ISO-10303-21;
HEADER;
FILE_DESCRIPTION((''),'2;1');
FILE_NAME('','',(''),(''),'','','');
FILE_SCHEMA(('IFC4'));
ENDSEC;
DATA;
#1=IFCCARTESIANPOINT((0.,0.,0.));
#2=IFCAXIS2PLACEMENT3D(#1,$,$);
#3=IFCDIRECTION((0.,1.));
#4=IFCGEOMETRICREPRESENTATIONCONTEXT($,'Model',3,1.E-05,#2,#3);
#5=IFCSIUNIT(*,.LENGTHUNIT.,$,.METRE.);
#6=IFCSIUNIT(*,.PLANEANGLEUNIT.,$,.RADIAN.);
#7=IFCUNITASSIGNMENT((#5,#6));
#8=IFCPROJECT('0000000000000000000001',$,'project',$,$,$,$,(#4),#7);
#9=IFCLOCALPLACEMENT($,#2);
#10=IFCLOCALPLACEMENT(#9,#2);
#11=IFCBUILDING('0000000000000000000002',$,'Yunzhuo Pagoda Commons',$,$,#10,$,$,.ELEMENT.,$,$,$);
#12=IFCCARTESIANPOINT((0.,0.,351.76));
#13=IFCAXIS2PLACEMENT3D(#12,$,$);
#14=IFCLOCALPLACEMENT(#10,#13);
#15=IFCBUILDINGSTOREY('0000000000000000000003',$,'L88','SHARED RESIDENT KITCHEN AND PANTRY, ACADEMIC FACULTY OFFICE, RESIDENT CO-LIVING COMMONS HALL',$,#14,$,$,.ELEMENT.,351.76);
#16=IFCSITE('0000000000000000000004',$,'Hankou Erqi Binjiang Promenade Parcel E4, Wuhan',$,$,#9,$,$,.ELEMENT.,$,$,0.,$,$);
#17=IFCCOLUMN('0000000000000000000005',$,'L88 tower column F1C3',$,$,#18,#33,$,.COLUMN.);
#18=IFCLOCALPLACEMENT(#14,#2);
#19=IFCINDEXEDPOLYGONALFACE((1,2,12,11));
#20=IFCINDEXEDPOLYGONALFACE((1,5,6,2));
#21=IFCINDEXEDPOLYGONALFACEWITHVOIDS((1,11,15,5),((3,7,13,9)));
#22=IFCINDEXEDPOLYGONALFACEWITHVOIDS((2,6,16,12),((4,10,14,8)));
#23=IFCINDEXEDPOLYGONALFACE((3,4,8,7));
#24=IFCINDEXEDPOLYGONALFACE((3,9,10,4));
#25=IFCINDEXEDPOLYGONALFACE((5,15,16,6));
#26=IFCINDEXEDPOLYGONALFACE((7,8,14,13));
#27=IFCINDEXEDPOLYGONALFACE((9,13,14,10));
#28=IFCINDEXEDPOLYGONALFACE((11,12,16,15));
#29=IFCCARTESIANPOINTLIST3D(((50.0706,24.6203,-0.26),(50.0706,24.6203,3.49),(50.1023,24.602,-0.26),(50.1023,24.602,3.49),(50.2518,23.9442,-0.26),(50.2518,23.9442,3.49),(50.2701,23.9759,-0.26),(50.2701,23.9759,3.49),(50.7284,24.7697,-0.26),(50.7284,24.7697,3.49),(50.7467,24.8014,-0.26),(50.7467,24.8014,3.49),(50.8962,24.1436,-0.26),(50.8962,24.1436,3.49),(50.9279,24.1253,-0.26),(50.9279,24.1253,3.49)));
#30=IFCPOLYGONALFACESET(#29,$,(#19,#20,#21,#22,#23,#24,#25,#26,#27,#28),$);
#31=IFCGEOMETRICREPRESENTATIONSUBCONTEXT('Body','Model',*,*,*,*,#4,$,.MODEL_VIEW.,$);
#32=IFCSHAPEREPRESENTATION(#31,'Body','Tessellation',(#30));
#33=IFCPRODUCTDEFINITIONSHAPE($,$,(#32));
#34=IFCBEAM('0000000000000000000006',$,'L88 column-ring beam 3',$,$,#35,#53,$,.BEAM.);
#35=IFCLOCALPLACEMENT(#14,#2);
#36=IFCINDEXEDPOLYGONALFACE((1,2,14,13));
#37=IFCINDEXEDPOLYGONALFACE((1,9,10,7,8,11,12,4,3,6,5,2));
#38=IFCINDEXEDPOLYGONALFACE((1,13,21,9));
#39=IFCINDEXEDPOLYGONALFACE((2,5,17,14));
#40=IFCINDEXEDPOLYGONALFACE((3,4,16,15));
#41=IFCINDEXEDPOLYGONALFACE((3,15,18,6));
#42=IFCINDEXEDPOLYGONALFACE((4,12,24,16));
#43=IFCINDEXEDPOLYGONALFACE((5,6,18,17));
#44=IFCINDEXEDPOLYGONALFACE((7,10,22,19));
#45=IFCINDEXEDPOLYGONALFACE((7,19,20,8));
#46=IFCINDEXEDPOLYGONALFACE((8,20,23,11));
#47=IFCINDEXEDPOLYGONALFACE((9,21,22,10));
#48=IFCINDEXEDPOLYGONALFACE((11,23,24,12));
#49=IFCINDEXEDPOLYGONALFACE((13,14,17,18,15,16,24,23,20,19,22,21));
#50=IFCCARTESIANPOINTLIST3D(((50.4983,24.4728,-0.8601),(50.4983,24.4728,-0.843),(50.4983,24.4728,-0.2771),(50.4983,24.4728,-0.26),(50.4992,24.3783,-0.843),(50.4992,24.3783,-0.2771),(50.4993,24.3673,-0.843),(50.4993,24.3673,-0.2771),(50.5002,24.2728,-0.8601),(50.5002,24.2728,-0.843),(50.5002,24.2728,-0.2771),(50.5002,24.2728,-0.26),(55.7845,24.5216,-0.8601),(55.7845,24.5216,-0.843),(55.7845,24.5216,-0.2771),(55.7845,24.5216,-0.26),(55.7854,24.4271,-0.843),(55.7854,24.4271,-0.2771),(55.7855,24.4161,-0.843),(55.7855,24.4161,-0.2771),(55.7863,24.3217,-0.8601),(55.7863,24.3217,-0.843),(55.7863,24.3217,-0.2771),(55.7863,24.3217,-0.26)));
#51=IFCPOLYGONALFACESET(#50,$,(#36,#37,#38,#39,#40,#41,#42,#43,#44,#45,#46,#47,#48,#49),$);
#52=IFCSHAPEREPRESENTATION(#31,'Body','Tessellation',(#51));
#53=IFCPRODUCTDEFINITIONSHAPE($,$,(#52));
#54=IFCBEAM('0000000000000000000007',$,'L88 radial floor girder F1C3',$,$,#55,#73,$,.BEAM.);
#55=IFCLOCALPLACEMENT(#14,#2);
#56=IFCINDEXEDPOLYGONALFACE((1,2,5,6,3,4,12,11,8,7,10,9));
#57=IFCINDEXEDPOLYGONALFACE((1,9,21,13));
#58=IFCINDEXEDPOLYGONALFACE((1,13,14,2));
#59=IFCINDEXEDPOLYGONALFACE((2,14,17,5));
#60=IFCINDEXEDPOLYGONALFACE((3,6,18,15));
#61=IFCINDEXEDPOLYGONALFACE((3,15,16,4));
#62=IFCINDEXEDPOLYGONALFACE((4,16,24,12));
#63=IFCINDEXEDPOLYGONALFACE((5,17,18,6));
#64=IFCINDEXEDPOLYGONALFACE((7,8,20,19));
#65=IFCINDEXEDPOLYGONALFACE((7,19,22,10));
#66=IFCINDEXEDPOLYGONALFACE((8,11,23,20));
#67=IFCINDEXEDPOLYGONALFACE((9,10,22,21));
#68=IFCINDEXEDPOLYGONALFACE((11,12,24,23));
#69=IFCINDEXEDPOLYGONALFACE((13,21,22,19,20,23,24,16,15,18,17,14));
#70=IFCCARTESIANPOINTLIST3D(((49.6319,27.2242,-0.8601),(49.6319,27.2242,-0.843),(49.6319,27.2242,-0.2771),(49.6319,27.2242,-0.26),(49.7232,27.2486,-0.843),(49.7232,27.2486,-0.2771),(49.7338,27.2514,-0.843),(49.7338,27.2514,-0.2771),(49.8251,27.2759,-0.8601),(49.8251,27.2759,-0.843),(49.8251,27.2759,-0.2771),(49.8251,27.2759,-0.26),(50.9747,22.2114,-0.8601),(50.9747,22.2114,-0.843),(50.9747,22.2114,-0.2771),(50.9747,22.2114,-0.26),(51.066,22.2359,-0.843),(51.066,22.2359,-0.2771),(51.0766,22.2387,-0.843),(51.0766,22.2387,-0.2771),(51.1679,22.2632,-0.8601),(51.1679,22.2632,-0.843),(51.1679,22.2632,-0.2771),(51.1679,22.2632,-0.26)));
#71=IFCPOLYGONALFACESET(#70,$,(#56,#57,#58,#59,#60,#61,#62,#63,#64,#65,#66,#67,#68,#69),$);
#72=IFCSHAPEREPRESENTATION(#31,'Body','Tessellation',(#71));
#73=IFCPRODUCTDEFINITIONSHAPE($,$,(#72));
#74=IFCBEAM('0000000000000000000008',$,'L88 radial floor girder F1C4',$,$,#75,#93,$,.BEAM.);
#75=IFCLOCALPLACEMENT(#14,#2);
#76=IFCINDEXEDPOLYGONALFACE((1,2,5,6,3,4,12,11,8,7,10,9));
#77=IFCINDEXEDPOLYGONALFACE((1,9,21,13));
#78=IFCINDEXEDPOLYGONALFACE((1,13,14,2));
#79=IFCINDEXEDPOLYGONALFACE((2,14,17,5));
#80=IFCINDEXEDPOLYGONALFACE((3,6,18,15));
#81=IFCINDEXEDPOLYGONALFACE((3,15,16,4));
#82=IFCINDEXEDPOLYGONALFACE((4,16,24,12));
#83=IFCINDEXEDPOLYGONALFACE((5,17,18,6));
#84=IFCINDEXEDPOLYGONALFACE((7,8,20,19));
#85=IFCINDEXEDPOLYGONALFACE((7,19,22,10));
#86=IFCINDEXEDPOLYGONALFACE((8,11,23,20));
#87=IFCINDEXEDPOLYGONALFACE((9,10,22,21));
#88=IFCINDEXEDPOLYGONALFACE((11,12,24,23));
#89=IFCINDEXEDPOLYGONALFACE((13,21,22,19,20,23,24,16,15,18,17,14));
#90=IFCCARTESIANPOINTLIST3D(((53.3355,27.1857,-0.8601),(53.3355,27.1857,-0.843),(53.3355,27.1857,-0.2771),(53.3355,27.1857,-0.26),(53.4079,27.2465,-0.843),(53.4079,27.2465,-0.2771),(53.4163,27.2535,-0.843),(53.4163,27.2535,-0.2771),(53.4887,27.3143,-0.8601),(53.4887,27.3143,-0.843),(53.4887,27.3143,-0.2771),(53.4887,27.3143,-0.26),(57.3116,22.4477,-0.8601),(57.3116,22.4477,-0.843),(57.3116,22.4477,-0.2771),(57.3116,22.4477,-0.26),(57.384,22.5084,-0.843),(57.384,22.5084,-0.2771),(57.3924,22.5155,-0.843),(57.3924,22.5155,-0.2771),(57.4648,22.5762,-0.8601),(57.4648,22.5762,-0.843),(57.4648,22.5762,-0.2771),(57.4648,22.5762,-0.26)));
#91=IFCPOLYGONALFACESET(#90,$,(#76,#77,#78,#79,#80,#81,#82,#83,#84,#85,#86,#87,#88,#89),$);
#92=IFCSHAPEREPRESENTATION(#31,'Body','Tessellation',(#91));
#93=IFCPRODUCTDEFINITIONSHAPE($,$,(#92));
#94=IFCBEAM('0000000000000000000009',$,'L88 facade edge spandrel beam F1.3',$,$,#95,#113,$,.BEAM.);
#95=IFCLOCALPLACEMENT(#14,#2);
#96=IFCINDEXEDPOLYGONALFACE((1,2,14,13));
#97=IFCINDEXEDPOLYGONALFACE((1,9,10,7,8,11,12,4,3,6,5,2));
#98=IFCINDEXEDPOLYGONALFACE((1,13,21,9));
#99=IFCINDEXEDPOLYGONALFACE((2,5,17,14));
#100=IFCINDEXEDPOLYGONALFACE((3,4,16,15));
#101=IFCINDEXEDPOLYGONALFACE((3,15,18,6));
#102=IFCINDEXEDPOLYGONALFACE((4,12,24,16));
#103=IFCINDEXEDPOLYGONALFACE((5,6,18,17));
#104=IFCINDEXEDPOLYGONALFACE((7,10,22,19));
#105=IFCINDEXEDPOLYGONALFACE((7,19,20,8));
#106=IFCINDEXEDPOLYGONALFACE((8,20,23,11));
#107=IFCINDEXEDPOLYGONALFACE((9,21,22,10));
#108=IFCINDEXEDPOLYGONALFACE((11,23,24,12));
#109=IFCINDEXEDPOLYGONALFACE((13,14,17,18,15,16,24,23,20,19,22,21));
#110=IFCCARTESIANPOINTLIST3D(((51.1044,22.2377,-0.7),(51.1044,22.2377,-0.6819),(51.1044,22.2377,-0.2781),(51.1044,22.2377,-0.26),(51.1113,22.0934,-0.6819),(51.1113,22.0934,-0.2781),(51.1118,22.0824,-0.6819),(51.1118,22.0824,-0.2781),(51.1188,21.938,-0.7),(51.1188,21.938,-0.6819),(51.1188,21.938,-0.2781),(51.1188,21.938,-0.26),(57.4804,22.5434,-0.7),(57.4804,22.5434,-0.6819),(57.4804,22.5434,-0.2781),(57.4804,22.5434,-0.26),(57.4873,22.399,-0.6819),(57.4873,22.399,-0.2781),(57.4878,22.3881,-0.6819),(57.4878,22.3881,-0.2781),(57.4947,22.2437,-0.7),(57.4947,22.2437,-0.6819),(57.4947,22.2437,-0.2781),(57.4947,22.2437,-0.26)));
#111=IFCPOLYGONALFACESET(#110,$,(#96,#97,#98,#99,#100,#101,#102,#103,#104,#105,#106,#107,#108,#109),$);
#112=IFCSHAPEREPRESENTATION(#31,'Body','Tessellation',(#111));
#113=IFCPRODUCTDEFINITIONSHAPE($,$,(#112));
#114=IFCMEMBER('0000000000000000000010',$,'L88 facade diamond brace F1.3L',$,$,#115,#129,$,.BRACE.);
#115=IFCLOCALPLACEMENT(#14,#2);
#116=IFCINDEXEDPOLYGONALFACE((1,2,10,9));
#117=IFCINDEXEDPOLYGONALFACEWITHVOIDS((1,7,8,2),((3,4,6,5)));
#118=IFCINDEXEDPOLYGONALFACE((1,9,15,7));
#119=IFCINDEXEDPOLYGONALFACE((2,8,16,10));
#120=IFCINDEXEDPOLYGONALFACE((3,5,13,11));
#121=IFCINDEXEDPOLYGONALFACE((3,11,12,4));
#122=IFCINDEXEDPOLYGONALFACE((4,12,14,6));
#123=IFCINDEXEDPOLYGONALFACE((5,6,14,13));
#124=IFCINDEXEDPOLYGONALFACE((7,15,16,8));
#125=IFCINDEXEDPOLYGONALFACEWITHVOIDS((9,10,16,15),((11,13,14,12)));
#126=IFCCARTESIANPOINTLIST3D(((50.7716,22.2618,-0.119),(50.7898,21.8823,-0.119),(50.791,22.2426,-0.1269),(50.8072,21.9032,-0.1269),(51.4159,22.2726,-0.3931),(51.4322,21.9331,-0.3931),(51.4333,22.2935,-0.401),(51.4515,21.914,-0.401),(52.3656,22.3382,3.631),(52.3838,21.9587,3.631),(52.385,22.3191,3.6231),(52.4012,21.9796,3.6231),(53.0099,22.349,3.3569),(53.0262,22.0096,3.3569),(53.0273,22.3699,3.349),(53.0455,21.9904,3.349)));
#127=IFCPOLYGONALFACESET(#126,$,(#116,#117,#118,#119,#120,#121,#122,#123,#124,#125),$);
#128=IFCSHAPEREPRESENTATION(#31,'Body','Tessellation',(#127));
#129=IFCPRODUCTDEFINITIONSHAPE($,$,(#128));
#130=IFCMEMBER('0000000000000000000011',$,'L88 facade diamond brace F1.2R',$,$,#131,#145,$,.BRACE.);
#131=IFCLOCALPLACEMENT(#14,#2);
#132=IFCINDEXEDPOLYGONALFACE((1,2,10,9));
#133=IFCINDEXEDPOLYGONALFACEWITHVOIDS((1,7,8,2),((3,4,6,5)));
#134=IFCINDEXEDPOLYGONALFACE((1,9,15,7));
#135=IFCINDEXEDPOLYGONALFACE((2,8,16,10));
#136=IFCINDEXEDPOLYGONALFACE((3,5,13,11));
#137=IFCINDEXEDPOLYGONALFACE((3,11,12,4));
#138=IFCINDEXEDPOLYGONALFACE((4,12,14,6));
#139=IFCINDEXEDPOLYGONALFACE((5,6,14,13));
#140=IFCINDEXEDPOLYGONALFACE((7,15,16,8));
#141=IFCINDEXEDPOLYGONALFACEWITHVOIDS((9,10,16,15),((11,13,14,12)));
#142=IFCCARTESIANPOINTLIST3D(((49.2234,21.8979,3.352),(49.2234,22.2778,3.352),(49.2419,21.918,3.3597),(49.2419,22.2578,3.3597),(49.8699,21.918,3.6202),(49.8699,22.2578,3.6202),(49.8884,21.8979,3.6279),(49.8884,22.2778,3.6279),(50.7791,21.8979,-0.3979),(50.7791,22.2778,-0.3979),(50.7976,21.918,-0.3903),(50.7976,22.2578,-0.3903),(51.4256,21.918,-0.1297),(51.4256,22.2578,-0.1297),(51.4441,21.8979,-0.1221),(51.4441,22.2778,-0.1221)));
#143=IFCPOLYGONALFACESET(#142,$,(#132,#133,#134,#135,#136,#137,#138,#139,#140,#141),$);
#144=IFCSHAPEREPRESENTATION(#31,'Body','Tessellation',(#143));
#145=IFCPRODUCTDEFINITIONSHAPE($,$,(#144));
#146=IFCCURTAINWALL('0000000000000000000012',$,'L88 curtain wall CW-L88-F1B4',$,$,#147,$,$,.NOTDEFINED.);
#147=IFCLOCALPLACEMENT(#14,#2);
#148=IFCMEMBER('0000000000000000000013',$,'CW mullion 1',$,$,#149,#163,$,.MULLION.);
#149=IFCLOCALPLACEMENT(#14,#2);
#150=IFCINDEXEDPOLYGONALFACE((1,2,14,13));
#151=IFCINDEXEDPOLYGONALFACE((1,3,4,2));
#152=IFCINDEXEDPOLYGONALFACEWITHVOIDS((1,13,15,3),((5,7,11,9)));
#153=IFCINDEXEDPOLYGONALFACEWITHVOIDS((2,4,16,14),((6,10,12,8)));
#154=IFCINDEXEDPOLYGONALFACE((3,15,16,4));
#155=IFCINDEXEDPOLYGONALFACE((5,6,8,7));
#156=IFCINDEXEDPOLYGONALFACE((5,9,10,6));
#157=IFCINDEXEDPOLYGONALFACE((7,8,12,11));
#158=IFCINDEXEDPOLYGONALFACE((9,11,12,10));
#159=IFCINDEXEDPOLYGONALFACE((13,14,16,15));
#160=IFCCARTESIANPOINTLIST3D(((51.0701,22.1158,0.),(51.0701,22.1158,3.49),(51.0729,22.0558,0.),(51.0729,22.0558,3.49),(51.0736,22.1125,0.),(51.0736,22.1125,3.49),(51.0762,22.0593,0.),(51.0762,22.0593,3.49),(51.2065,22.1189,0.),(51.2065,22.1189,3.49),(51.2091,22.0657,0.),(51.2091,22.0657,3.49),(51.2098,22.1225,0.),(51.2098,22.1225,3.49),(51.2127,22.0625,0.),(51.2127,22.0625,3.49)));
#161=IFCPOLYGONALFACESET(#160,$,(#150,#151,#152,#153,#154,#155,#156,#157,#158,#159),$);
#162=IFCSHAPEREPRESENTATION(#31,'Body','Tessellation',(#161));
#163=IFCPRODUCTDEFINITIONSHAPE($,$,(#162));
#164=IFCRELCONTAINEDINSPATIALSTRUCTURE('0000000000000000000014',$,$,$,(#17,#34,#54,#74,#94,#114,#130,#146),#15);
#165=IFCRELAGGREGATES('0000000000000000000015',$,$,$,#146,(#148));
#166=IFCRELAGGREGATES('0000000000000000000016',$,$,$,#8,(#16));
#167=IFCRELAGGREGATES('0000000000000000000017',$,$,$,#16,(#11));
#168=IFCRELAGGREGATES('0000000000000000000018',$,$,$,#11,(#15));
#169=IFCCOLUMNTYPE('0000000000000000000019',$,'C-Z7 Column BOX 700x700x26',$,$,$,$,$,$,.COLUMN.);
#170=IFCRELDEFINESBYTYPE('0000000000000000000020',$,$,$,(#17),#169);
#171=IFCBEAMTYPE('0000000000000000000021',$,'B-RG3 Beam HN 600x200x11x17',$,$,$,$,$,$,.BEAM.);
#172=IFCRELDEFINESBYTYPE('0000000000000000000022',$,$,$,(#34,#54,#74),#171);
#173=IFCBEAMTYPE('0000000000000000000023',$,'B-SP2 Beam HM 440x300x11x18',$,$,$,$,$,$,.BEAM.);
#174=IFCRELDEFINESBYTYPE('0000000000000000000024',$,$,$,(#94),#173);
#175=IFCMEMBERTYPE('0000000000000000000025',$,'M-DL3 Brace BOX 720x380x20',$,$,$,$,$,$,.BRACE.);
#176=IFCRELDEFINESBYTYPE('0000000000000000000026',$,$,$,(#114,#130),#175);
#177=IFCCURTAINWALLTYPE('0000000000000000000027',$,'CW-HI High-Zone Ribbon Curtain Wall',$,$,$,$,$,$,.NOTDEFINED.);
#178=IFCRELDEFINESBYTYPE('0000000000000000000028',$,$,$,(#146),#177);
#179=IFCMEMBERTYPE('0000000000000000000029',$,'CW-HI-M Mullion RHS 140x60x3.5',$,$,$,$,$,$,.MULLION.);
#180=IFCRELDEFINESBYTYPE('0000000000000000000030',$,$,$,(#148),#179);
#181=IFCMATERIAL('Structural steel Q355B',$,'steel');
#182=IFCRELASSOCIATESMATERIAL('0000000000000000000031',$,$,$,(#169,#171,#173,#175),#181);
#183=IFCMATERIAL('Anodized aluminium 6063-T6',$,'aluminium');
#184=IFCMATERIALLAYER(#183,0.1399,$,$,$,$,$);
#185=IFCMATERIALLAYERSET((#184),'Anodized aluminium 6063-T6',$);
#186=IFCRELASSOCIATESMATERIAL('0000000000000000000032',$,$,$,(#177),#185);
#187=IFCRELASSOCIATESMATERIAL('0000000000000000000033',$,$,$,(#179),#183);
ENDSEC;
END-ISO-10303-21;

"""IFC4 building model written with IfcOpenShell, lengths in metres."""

from ifc_helpers import new_model, si_unit, direction, frame, origin, origin_2d, place, context, subcontext, project, spatial, hollow_rectangle, i_section, extrude, source, transform, mapped, material, layer, layer_set, material_profile, profile_set, type_object, element, aggregate, save


model = new_model("IFC4")

# Units and contexts
model_context = context("Model", 3, precision=1e-05, world=origin(), true_north=direction((0.0, 1.0)))
body_context = subcontext(model_context, "Body", "Model", "MODEL_VIEW")
ifc_project = project(units=[si_unit("LENGTHUNIT", "METRE"), si_unit("PLANEANGLEUNIT", "RADIAN")], contexts=[model_context])

# Site, building, storey
site_placement = place(None, origin())
site = spatial("IfcSite", under=ifc_project, at=site_placement, Name="Hankou Erqi Binjiang Promenade Parcel E4, Wuhan", CompositionType="ELEMENT", RefElevation=0.0)
building_placement = place(site_placement, origin())
building = spatial("IfcBuilding", under=site, at=building_placement, Name="Yunzhuo Pagoda Commons", CompositionType="ELEMENT")
storey_placement = place(building_placement, frame((0.0, 0.0, 351.76)))
storey = spatial("IfcBuildingStorey", under=building, at=storey_placement, Name="L88", Description="SHARED RESIDENT KITCHEN AND PANTRY, ACADEMIC FACULTY OFFICE, RESIDENT CO-LIVING COMMONS HALL", CompositionType="ELEMENT", Elevation=351.76)

# Column
ifc_material_1 = material(Name="Structural steel Q355B", Category="steel")
ifc_material_profile_1 = material_profile(ifc_material_1, hollow_rectangle(XDim=0.7, YDim=0.7, WallThickness=0.0259, at=origin_2d()), Name="Structural steel Q355B")
ifc_profile_set_1 = profile_set([ifc_material_profile_1], Name="Structural steel Q355B")
column_type = type_object("IfcColumnType", Name="C-Z7 Column BOX 700x700x26", PredefinedType="COLUMN", material=ifc_profile_set_1)
shared_shape_1 = source(origin(), body_context, "Body", "SweptSolid", [
    extrude(hollow_rectangle(XDim=0.7, YDim=0.7, WallThickness=0.0259, at=origin_2d()), origin(), (0.0, 0.0, 1.0), 3.75),
])
column_placement = place(storey_placement, frame((50.4993, 24.3728, -0.26), z_axis=(0.0, 0.0, 1.0), x_axis=(0.965926, 0.258819, 0.0)))
element("IfcColumn", 1, at=column_placement, inside=storey, type_object=column_type, Name="L88 tower column F1C3", PredefinedType="COLUMN", context=body_context, shape_type="MappedRepresentation", body=[
    mapped(shared_shape_1, transform((0.0, 0.0, 0.0), scale=1.0)),
])

# Beams
ifc_material_profile_2 = material_profile(ifc_material_1, i_section(OverallWidth=0.2, OverallDepth=0.6001, WebThickness=0.011, FlangeThickness=0.0171, at=origin_2d()), Name="Structural steel Q355B")
ifc_profile_set_2 = profile_set([ifc_material_profile_2], Name="Structural steel Q355B")
beam_type_1 = type_object("IfcBeamType", Name="B-RG3 Beam HN 600x200x11x17", PredefinedType="BEAM", material=ifc_profile_set_2)
shared_shape_2 = source(origin(), body_context, "Body", "SweptSolid", [
    extrude(i_section(OverallWidth=0.2, OverallDepth=0.6001, WebThickness=0.011, FlangeThickness=0.0171, at=origin_2d()), origin(), (0.0, 0.0, 1.0), 5.2864),
])
beam_1_placement = place(storey_placement, frame((50.4993, 24.3728, -0.5601), z_axis=(0.999957, 0.009237, 0.0), x_axis=(-0.009237, 0.999957, 0.0)))
element("IfcBeam", 2, at=beam_1_placement, inside=storey, type_object=beam_type_1, Name="L88 column-ring beam 3", PredefinedType="BEAM", context=body_context, shape_type="MappedRepresentation", body=[
    mapped(shared_shape_2, transform((0.0, 0.0, 0.0), scale=1.0)),
])
shared_shape_3 = source(origin(), body_context, "Body", "SweptSolid", [
    extrude(i_section(OverallWidth=0.2, OverallDepth=0.6001, WebThickness=0.011, FlangeThickness=0.0171, at=origin_2d()), origin(), (0.0, 0.0, 1.0), 5.1895),
])
beam_2_placement = place(storey_placement, frame((51.0713, 22.2373, -0.5601), z_axis=(-0.258752, 0.965944, 0.0), x_axis=(-0.965944, -0.258752, 0.0)))
element("IfcBeam", 3, at=beam_2_placement, inside=storey, type_object=beam_type_1, Name="L88 radial floor girder F1C3", PredefinedType="BEAM", context=body_context, shape_type="MappedRepresentation", body=[
    mapped(shared_shape_3, transform((0.0, 0.0, 0.0), scale=1.0)),
])
shared_shape_4 = source(origin(), body_context, "Body", "SweptSolid", [
    extrude(i_section(OverallWidth=0.2, OverallDepth=0.6001, WebThickness=0.011, FlangeThickness=0.0171, at=origin_2d()), origin(), (0.0, 0.0, 1.0), 6.1853),
])
beam_3_placement = place(storey_placement, frame((57.3882, 22.512, -0.5601), z_axis=(-0.642825, 0.766013, 0.0), x_axis=(-0.766013, -0.642825, 0.0)))
element("IfcBeam", 4, at=beam_3_placement, inside=storey, type_object=beam_type_1, Name="L88 radial floor girder F1C4", PredefinedType="BEAM", context=body_context, shape_type="MappedRepresentation", body=[
    mapped(shared_shape_4, transform((0.0, 0.0, 0.0), scale=1.0)),
])
ifc_material_profile_3 = material_profile(ifc_material_1, i_section(OverallWidth=0.3, OverallDepth=0.4399, WebThickness=0.011, FlangeThickness=0.0181, at=origin_2d()), Name="Structural steel Q355B")
ifc_profile_set_3 = profile_set([ifc_material_profile_3], Name="Structural steel Q355B")
beam_type_2 = type_object("IfcBeamType", Name="B-SP2 Beam HM 440x300x11x18", PredefinedType="BEAM", material=ifc_profile_set_3)
shared_shape_5 = source(origin(), body_context, "Body", "SweptSolid", [
    extrude(i_section(OverallWidth=0.3, OverallDepth=0.4399, WebThickness=0.011, FlangeThickness=0.0181, at=origin_2d()), origin(), (0.0, 0.0, 1.0), 6.3833),
])
beam_4_placement = place(storey_placement, frame((51.1116, 22.0879, -0.48), z_axis=(0.998853, 0.047885, 0.0), x_axis=(-0.047885, 0.998853, 0.0)))
element("IfcBeam", 5, at=beam_4_placement, inside=storey, type_object=beam_type_2, Name="L88 facade edge spandrel beam F1.3", PredefinedType="BEAM", context=body_context, shape_type="MappedRepresentation", body=[
    mapped(shared_shape_5, transform((0.0, 0.0, 0.0), scale=1.0)),
])

# Members
ifc_material_profile_4 = material_profile(ifc_material_1, hollow_rectangle(XDim=0.3799, YDim=0.72, WallThickness=0.02, at=origin_2d()), Name="Structural steel Q355B")
ifc_profile_set_4 = profile_set([ifc_material_profile_4], Name="Structural steel Q355B")
member_type_1 = type_object("IfcMemberType", Name="M-DL3 Brace BOX 720x380x20", PredefinedType="BRACE", material=ifc_profile_set_4)
shared_shape_6 = source(origin(), body_context, "Body", "SweptSolid", [
    extrude(hollow_rectangle(XDim=0.3799, YDim=0.72, WallThickness=0.02, at=origin_2d()), origin(), (0.0, 0.0, 1.0), 4.0754),
])
member_1_placement = place(storey_placement, frame((51.1116, 22.0879, -0.26), z_axis=(0.391123, 0.01875, 0.920148), x_axis=(-0.047885, 0.998853, 0.0)))
element("IfcMember", 6, at=member_1_placement, inside=storey, type_object=member_type_1, Name="L88 facade diamond brace F1.3L", PredefinedType="BRACE", context=body_context, shape_type="MappedRepresentation", body=[
    mapped(shared_shape_6, transform((0.0, 0.0, 0.0), scale=1.0)),
])
shared_shape_7 = source(origin(), body_context, "Body", "SweptSolid", [
    extrude(hollow_rectangle(XDim=0.3799, YDim=0.72, WallThickness=0.02, at=origin_2d()), origin(), (0.0, 0.0, 1.0), 4.0598),
])
member_2_placement = place(storey_placement, frame((51.1116, 22.0879, -0.26), z_axis=(-0.38318, 0.0, 0.923674), x_axis=(0.0, -1.0, 0.0)))
element("IfcMember", 7, at=member_2_placement, inside=storey, type_object=member_type_1, Name="L88 facade diamond brace F1.2R", PredefinedType="BRACE", context=body_context, shape_type="MappedRepresentation", body=[
    mapped(shared_shape_7, transform((0.0, 0.0, 0.0), scale=1.0)),
])

# Curtain wall, member
ifc_material_2 = material(Name="Anodized aluminium 6063-T6", Category="aluminium")
ifc_layer_1 = layer(ifc_material_2, 0.1399)
ifc_layer_set_1 = layer_set([ifc_layer_1], Name="Anodized aluminium 6063-T6")
curtain_wall_type = type_object("IfcCurtainWallType", Name="CW-HI High-Zone Ribbon Curtain Wall", PredefinedType="NOTDEFINED", material=ifc_layer_set_1)
curtain_wall_1_placement = place(storey_placement, origin())
curtain_wall_1 = element("IfcCurtainWall", 8, at=curtain_wall_1_placement, inside=storey, type_object=curtain_wall_type, Name="L88 curtain wall CW-L88-F1B4", PredefinedType="NOTDEFINED")
ifc_material_profile_5 = material_profile(ifc_material_2, hollow_rectangle(XDim=0.0601, YDim=0.1399, WallThickness=0.0034, at=origin_2d()), Name="Anodized aluminium 6063-T6")
ifc_profile_set_5 = profile_set([ifc_material_profile_5], Name="Anodized aluminium 6063-T6")
member_type_2 = type_object("IfcMemberType", Name="CW-HI-M Mullion RHS 140x60x3.5", PredefinedType="MULLION", material=ifc_profile_set_5)
shared_shape_8 = source(origin(), body_context, "Body", "SweptSolid", [
    extrude(hollow_rectangle(XDim=0.0601, YDim=0.1399, WallThickness=0.0034, at=origin_2d()), origin(), (0.0, 0.0, 1.0), 3.49),
])
member_3_placement = place(storey_placement, frame((51.1414, 22.0891, 0.0), z_axis=(0.0, 0.0, 1.0), x_axis=(-0.047859, 0.998854, 0.0)))
member_3 = element("IfcMember", 9, at=member_3_placement, type_object=member_type_2, Name="CW mullion 1", PredefinedType="MULLION", context=body_context, shape_type="MappedRepresentation", body=[
    mapped(shared_shape_8, transform((0.0, 0.0, 0.0), scale=1.0)),
])

aggregate(curtain_wall_1, [member_3])

save(model, "model.ifc")
